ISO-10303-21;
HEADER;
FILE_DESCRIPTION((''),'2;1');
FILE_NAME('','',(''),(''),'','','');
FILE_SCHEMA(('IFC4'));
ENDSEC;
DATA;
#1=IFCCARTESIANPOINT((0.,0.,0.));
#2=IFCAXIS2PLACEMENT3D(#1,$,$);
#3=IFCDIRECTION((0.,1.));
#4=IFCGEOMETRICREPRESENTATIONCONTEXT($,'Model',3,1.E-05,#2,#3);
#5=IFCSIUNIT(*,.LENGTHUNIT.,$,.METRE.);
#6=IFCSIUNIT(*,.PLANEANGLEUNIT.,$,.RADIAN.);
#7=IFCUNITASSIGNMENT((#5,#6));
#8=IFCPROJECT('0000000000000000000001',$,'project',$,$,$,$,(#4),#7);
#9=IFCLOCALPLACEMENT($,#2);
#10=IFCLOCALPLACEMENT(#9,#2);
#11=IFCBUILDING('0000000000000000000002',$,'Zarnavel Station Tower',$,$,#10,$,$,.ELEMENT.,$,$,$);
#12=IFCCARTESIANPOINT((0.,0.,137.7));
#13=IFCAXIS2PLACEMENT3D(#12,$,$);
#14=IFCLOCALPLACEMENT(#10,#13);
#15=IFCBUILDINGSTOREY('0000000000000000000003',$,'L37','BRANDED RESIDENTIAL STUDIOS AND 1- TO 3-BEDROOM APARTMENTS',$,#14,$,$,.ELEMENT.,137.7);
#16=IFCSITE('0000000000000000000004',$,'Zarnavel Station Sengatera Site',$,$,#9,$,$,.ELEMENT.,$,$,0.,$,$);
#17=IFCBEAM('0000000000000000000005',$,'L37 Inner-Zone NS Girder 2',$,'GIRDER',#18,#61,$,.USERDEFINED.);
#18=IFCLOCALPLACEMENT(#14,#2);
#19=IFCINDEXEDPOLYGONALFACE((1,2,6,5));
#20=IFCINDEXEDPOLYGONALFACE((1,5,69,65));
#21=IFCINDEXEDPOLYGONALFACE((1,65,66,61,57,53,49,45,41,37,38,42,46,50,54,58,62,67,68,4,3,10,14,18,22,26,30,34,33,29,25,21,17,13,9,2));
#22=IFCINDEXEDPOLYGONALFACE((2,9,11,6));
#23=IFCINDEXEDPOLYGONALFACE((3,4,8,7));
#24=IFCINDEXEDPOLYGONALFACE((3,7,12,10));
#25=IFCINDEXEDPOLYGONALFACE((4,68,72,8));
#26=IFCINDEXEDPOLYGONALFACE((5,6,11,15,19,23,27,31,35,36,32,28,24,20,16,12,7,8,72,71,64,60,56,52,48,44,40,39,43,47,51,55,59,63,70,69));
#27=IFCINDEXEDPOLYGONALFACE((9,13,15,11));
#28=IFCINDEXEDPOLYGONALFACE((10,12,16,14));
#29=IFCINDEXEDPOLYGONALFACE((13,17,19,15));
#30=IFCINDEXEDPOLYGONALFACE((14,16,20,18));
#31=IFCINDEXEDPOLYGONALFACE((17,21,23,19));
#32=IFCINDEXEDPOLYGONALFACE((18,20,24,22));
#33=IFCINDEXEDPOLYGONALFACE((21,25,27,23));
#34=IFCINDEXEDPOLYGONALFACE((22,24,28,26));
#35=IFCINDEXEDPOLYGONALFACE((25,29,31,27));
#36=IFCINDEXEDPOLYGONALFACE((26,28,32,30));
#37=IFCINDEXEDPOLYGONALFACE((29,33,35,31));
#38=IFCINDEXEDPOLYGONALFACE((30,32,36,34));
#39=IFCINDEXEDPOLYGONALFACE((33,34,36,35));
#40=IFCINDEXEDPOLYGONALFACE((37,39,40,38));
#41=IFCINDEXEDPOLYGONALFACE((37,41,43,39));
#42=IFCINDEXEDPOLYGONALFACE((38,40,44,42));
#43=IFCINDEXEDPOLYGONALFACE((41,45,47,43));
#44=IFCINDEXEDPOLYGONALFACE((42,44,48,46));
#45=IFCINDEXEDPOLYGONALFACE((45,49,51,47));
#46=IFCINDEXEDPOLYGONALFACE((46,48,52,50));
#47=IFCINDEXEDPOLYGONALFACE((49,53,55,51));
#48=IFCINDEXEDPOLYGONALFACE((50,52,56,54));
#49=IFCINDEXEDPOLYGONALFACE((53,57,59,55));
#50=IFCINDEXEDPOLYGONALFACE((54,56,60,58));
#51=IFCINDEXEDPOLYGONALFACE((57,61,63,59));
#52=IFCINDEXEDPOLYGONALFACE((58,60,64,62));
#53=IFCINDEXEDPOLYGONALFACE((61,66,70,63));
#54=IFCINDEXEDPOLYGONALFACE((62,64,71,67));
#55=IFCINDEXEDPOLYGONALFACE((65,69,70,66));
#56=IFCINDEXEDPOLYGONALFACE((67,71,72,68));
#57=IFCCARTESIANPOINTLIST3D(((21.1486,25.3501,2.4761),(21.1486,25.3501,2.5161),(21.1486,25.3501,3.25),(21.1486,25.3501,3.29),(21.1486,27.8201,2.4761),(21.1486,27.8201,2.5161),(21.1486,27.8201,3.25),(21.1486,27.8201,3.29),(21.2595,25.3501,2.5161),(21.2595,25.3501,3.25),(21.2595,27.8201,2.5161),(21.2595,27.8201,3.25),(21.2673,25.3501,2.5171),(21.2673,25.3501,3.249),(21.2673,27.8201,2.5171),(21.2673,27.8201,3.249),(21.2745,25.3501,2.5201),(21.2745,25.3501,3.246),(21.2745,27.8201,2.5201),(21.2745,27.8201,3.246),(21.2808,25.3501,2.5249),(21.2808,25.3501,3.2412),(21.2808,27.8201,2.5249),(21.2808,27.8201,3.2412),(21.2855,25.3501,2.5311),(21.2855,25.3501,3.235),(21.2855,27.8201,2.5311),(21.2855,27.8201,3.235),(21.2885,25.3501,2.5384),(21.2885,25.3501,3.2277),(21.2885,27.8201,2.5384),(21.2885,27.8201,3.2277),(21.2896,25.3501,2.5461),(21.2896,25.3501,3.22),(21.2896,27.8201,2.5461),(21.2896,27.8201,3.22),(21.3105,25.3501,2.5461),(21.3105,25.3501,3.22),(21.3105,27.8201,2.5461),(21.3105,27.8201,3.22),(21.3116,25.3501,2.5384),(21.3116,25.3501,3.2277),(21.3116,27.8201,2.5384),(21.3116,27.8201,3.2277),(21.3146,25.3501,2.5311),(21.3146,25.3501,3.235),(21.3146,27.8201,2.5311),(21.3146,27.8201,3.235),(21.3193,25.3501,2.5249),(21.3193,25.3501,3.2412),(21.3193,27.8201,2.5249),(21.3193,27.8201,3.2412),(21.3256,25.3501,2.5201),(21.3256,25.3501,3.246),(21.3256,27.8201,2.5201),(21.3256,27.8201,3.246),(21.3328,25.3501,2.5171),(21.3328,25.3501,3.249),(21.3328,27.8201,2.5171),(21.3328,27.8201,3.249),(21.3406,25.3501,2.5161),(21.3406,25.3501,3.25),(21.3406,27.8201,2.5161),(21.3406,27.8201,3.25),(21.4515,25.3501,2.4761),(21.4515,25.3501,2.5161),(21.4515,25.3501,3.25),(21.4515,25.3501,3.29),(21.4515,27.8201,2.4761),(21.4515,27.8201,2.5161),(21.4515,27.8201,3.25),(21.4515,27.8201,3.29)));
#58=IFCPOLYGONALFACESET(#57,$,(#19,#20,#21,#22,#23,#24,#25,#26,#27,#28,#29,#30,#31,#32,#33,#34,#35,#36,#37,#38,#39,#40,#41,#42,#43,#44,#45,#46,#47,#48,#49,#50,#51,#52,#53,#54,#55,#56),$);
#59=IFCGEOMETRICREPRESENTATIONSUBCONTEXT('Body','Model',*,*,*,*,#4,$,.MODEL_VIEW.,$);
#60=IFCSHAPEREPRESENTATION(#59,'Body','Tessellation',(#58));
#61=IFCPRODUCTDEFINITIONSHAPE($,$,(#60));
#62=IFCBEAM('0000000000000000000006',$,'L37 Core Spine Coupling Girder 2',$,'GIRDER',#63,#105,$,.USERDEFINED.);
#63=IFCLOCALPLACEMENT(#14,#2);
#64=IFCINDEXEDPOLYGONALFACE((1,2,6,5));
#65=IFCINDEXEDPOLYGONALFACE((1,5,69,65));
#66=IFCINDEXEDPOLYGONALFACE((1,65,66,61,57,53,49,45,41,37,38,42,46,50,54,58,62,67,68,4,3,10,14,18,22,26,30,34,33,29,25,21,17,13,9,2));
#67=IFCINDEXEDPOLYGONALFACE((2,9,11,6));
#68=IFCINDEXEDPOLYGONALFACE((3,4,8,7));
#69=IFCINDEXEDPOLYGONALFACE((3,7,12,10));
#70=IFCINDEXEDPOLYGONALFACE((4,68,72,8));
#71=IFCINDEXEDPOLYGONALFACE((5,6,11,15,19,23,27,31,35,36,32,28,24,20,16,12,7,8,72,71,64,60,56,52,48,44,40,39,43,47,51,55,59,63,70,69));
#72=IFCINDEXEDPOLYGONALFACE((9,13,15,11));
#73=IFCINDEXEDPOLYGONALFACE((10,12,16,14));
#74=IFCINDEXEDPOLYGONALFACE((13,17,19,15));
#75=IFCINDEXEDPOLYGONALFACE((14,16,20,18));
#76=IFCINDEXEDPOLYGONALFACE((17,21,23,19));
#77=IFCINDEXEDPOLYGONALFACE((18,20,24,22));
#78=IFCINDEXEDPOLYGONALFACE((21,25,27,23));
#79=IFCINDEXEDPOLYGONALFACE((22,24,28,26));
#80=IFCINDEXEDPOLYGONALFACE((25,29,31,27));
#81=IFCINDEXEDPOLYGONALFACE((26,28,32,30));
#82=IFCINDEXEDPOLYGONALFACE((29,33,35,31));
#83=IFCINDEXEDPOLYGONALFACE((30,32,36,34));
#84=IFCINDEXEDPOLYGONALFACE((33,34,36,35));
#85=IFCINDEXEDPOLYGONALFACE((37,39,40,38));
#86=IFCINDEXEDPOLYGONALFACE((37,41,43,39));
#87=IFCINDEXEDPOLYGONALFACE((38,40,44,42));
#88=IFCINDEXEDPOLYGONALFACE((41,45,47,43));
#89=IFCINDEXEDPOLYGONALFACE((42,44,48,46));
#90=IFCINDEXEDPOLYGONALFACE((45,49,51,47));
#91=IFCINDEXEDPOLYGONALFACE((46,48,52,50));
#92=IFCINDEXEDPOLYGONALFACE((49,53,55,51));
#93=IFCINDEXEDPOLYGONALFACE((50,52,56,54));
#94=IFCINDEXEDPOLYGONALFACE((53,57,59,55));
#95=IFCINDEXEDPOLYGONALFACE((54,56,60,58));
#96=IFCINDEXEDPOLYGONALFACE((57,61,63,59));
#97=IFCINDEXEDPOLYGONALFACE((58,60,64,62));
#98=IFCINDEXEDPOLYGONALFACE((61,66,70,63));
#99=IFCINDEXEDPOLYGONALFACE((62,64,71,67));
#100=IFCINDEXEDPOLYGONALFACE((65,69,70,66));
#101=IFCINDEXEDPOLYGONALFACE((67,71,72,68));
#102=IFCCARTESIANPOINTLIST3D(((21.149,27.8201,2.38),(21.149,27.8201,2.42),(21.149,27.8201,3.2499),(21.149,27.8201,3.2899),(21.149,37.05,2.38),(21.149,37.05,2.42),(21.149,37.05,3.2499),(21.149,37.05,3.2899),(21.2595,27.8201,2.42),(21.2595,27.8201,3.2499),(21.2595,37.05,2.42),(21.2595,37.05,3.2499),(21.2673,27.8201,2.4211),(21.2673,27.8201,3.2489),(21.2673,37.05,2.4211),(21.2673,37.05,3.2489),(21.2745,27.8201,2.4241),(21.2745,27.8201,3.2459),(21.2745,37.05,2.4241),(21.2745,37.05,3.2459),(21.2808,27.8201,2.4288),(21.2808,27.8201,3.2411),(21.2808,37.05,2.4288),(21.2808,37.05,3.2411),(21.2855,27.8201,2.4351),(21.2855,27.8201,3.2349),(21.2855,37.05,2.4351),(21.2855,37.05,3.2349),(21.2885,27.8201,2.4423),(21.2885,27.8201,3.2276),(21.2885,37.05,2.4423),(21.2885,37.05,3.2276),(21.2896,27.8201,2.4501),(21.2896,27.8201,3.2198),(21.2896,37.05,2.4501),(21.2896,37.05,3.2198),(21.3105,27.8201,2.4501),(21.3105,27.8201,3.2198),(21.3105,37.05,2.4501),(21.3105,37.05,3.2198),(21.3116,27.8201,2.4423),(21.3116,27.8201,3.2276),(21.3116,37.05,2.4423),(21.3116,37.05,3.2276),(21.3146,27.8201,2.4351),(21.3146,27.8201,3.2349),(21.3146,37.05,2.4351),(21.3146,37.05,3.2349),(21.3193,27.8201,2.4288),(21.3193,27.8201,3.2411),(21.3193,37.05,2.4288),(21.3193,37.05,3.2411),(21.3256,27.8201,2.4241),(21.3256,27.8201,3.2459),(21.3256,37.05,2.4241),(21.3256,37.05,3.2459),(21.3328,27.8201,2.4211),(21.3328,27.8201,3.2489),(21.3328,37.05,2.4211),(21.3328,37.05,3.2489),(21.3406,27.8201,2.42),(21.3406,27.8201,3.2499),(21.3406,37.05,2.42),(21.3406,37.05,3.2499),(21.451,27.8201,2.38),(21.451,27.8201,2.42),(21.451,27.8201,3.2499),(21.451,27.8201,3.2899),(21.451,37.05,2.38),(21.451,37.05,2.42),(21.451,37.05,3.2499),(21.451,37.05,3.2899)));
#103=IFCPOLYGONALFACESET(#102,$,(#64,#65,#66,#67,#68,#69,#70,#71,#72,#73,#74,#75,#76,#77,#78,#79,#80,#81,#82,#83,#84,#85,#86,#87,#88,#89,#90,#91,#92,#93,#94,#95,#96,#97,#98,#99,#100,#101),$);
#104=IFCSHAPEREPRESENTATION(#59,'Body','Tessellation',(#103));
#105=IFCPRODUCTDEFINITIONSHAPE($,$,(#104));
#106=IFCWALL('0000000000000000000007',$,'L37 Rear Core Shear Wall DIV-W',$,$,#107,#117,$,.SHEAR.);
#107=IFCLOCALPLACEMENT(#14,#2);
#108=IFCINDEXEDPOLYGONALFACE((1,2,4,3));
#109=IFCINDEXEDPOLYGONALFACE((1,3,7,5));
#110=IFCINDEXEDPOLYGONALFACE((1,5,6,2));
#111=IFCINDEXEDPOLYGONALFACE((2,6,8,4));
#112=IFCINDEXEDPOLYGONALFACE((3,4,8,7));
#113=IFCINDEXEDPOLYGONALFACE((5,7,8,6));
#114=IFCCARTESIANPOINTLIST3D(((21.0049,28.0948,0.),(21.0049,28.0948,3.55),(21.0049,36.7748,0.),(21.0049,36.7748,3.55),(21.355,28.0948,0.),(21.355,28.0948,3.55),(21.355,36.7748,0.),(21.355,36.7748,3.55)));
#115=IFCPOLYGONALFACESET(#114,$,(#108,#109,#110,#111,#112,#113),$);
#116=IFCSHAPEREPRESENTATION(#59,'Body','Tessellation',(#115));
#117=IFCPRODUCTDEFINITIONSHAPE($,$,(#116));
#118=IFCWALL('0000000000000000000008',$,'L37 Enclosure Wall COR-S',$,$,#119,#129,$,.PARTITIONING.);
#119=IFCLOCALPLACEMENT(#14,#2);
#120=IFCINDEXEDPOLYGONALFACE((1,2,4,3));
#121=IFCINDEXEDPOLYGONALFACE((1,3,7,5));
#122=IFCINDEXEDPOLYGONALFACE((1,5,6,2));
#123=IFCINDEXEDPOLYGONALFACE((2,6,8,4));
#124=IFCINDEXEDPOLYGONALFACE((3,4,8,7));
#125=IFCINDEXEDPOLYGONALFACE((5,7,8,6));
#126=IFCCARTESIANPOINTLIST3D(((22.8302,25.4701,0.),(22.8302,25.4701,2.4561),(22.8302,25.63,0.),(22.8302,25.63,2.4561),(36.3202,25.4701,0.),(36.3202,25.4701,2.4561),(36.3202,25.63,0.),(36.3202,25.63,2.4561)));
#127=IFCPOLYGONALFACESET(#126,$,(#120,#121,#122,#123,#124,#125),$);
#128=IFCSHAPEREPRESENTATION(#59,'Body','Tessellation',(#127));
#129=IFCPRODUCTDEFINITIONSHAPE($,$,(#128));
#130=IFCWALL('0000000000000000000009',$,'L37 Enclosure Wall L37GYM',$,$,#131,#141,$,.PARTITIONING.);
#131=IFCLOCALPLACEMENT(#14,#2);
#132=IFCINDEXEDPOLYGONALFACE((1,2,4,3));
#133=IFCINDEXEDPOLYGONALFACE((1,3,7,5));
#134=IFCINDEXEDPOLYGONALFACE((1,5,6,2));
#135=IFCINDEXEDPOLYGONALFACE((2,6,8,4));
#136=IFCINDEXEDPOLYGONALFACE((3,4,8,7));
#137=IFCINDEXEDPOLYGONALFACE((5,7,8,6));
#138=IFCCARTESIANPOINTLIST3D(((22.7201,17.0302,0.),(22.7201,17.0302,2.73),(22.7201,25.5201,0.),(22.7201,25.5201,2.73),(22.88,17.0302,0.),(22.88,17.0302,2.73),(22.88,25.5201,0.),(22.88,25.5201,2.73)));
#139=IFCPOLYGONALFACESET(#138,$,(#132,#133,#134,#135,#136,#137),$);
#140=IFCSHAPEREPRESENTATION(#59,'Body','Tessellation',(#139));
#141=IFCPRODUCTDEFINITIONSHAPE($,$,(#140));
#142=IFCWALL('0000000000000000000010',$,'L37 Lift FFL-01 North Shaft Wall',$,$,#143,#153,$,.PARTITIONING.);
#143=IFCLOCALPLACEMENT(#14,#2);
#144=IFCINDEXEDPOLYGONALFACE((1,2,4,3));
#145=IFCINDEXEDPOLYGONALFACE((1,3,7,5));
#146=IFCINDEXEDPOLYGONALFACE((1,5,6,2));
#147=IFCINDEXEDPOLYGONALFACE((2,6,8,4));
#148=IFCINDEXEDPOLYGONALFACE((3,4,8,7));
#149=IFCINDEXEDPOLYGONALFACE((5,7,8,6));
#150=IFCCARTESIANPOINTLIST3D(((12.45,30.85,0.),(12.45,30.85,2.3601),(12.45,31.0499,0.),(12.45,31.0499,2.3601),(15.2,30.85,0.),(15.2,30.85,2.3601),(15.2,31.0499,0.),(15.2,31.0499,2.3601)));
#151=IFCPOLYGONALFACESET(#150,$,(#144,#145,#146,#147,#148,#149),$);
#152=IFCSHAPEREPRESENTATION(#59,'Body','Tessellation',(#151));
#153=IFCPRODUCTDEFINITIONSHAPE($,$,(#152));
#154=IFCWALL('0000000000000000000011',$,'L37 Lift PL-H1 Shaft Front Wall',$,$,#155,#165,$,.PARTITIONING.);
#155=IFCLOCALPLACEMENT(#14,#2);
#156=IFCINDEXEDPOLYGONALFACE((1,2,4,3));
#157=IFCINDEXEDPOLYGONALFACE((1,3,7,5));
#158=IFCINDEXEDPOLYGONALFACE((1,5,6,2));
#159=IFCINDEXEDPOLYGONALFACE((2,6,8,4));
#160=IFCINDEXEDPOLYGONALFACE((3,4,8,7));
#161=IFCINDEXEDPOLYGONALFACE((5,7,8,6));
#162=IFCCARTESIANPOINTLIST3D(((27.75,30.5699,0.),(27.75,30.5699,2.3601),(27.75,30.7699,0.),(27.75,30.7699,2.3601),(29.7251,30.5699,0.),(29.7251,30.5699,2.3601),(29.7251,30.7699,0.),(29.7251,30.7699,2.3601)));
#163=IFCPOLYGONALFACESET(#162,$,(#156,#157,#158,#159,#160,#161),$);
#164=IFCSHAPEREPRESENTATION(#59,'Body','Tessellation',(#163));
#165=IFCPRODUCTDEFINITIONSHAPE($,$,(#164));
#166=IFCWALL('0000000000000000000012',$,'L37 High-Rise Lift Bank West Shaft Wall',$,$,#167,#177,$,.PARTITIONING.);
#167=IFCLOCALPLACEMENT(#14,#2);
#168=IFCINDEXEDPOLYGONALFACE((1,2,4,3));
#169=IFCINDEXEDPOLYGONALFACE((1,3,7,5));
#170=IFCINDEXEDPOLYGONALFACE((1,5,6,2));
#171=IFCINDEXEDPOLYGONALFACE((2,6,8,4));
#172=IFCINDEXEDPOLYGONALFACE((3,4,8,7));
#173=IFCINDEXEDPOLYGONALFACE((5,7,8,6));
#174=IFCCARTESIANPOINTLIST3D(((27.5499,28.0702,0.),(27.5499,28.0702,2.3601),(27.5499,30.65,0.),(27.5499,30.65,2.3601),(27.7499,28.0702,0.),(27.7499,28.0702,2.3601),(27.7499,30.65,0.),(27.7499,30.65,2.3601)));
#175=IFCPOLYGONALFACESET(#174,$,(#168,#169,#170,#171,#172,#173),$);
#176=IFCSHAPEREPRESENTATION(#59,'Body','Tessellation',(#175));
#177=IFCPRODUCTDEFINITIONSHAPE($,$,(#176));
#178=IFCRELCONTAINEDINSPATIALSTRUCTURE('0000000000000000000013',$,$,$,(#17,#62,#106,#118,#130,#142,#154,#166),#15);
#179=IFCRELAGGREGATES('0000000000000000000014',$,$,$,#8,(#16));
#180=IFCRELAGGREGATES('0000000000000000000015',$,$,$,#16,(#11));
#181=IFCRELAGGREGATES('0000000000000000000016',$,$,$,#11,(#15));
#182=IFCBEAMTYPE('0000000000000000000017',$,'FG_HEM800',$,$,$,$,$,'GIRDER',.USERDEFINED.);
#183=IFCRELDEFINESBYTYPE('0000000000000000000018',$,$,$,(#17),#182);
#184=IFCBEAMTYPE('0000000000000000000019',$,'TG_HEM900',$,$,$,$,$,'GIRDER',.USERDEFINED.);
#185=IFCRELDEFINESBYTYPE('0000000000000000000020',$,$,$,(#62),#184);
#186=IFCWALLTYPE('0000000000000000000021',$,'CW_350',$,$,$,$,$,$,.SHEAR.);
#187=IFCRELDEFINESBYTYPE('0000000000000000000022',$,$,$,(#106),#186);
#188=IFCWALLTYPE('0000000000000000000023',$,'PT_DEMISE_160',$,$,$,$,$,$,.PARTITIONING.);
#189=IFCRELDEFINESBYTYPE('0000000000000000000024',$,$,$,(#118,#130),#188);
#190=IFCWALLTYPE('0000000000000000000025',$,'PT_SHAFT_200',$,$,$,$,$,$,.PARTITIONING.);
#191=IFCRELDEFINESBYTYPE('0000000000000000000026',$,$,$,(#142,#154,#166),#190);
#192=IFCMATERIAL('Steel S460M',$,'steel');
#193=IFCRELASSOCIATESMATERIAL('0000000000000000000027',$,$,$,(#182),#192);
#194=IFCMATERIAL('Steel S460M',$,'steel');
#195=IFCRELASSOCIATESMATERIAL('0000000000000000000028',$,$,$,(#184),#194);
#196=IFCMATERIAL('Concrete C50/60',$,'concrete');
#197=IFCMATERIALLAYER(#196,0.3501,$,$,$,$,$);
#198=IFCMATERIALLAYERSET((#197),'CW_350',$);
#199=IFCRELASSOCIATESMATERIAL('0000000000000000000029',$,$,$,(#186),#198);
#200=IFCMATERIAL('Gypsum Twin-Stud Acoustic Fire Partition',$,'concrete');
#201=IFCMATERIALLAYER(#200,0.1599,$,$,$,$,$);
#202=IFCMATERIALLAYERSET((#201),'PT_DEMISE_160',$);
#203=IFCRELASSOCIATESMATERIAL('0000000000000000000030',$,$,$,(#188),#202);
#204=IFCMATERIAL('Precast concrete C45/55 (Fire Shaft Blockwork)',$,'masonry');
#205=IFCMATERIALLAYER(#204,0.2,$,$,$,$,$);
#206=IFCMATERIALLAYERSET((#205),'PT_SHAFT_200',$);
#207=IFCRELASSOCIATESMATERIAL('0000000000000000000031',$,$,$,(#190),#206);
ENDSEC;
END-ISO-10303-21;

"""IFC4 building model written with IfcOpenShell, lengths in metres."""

from ifc_helpers import new_model, si_unit, direction, frame, frame_2d, origin, origin_2d, place, context, subcontext, project, spatial, rectangle, i_section, extrude, material, layer, layer_set, material_profile, profile_set, type_object, element, save


model = new_model("IFC4")

# Units and contexts
model_context = context("Model", 3, precision=1e-05, world=origin(), true_north=direction((0.0, 1.0)))
body_context = subcontext(model_context, "Body", "Model", "MODEL_VIEW")
ifc_project = project(units=[si_unit("LENGTHUNIT", "METRE"), si_unit("PLANEANGLEUNIT", "RADIAN")], contexts=[model_context])

# Site, building, storey
site_placement = place(None, origin())
site = spatial("IfcSite", under=ifc_project, at=site_placement, Name="Zarnavel Station Sengatera Site", CompositionType="ELEMENT", RefElevation=0.0)
building_placement = place(site_placement, origin())
building = spatial("IfcBuilding", under=site, at=building_placement, Name="Zarnavel Station Tower", CompositionType="ELEMENT")
storey_placement = place(building_placement, frame((0.0, 0.0, 137.7)))
storey = spatial("IfcBuildingStorey", under=building, at=storey_placement, Name="L37", Description="BRANDED RESIDENTIAL STUDIOS AND 1- TO 3-BEDROOM APARTMENTS", CompositionType="ELEMENT", Elevation=137.7)

# Beams
ifc_material_1 = material(Name="Steel S460M", Category="steel")
ifc_material_profile_1 = material_profile(ifc_material_1, i_section(OverallWidth=0.303, OverallDepth=0.814, WebThickness=0.021, FlangeThickness=0.04, FilletRadius=0.03, at=origin_2d()), Name="HEM800")
ifc_profile_set_1 = profile_set([ifc_material_profile_1], Name="Steel S460M")
beam_type_1 = type_object("IfcBeamType", Name="FG_HEM800", ElementType="GIRDER", PredefinedType="USERDEFINED", material=ifc_profile_set_1)
beam_1_placement = place(storey_placement, frame((21.3, 25.3501, 2.8831), z_axis=(0.0, 1.0, 0.0), x_axis=(-1.0, 0.0, 0.0)))
element("IfcBeam", 1, at=beam_1_placement, inside=storey, type_object=beam_type_1, Name="L37 Inner-Zone NS Girder 2", ObjectType="GIRDER", PredefinedType="USERDEFINED", context=body_context, shape_type="SweptSolid", body=[
    extrude(i_section(OverallWidth=0.303, OverallDepth=0.814, WebThickness=0.021, FlangeThickness=0.04, FilletRadius=0.03, at=origin_2d()), origin(), (0.0, 0.0, 1.0), 2.47),
])
ifc_material_2 = material(Name="Steel S460M", Category="steel")
ifc_material_profile_2 = material_profile(ifc_material_2, i_section(OverallWidth=0.302, OverallDepth=0.9099, WebThickness=0.021, FlangeThickness=0.04, FilletRadius=0.03, at=origin_2d()), Name="HEM900")
ifc_profile_set_2 = profile_set([ifc_material_profile_2], Name="Steel S460M")
beam_type_2 = type_object("IfcBeamType", Name="TG_HEM900", ElementType="GIRDER", PredefinedType="USERDEFINED", material=ifc_profile_set_2)
beam_2_placement = place(storey_placement, frame((21.3, 27.8201, 2.835), z_axis=(0.0, 1.0, 0.0), x_axis=(-1.0, 0.0, 0.0)))
element("IfcBeam", 2, at=beam_2_placement, inside=storey, type_object=beam_type_2, Name="L37 Core Spine Coupling Girder 2", ObjectType="GIRDER", PredefinedType="USERDEFINED", context=body_context, shape_type="SweptSolid", body=[
    extrude(i_section(OverallWidth=0.302, OverallDepth=0.9099, WebThickness=0.021, FlangeThickness=0.04, FilletRadius=0.03, at=origin_2d()), origin(), (0.0, 0.0, 1.0), 9.23),
])

# Wall
ifc_material_3 = material(Name="Concrete C50/60", Category="concrete")
ifc_layer_1 = layer(ifc_material_3, 0.3501)
ifc_layer_set_1 = layer_set([ifc_layer_1], Name="CW_350")
wall_type_1 = type_object("IfcWallType", Name="CW_350", PredefinedType="SHEAR", material=ifc_layer_set_1)
wall_1_placement = place(storey_placement, frame((21.1799, 28.095, 0.0), z_axis=(0.0, 0.0, 1.0), x_axis=(0.0, 1.0, 0.0)))
element("IfcWall", 3, at=wall_1_placement, inside=storey, type_object=wall_type_1, Name="L37 Rear Core Shear Wall DIV-W", PredefinedType="SHEAR", context=body_context, shape_type="SweptSolid", body=[
    extrude(rectangle(XDim=8.6799, YDim=0.3501, at=frame_2d((4.3398, 0.0))), origin(), (0.0, 0.0, 1.0), 3.55),
])

# Walls
ifc_material_4 = material(Name="Gypsum Twin-Stud Acoustic Fire Partition", Category="concrete")
ifc_layer_2 = layer(ifc_material_4, 0.1599)
ifc_layer_set_2 = layer_set([ifc_layer_2], Name="PT_DEMISE_160")
wall_type_2 = type_object("IfcWallType", Name="PT_DEMISE_160", PredefinedType="PARTITIONING", material=ifc_layer_set_2)
wall_2_placement = place(storey_placement, frame((22.8301, 25.55, 0.0), z_axis=(0.0, 0.0, 1.0), x_axis=(1.0, 0.0, 0.0)))
element("IfcWall", 4, at=wall_2_placement, inside=storey, type_object=wall_type_2, Name="L37 Enclosure Wall COR-S", PredefinedType="PARTITIONING", context=body_context, shape_type="SweptSolid", body=[
    extrude(rectangle(XDim=13.49, YDim=0.1599, at=frame_2d((6.7451, 0.0))), origin(), (0.0, 0.0, 1.0), 2.4561),
])
wall_3_placement = place(storey_placement, frame((22.8, 17.03, 0.0), z_axis=(0.0, 0.0, 1.0), x_axis=(0.0, 1.0, 0.0)))
element("IfcWall", 5, at=wall_3_placement, inside=storey, type_object=wall_type_2, Name="L37 Enclosure Wall L37GYM", PredefinedType="PARTITIONING", context=body_context, shape_type="SweptSolid", body=[
    extrude(rectangle(XDim=8.49, YDim=0.1599, at=frame_2d((4.2451, 0.0))), origin(), (0.0, 0.0, 1.0), 2.73),
])

# Shared definitions
ifc_material_5 = material(Name="Precast concrete C45/55 (Fire Shaft Blockwork)", Category="masonry")
ifc_layer_3 = layer(ifc_material_5, 0.2)
ifc_layer_set_3 = layer_set([ifc_layer_3], Name="PT_SHAFT_200")
wall_type_3 = type_object("IfcWallType", Name="PT_SHAFT_200", PredefinedType="PARTITIONING", material=ifc_layer_set_3)

# Walls
wall_4_placement = place(storey_placement, frame((12.45, 30.95, 0.0), z_axis=(0.0, 0.0, 1.0), x_axis=(1.0, 0.0, 0.0)))
element("IfcWall", 6, at=wall_4_placement, inside=storey, type_object=wall_type_3, Name="L37 Lift FFL-01 North Shaft Wall", PredefinedType="PARTITIONING", context=body_context, shape_type="SweptSolid", body=[
    extrude(rectangle(XDim=2.75, YDim=0.2, at=frame_2d((1.375, 0.0))), origin(), (0.0, 0.0, 1.0), 2.3601),
])
wall_5_placement = place(storey_placement, frame((27.75, 30.6699, 0.0), z_axis=(0.0, 0.0, 1.0), x_axis=(1.0, 0.0, 0.0)))
element("IfcWall", 7, at=wall_5_placement, inside=storey, type_object=wall_type_3, Name="L37 Lift PL-H1 Shaft Front Wall", PredefinedType="PARTITIONING", context=body_context, shape_type="SweptSolid", body=[
    extrude(rectangle(XDim=1.9751, YDim=0.2, at=frame_2d((0.9875, 0.0))), origin(), (0.0, 0.0, 1.0), 2.3601),
])
wall_6_placement = place(storey_placement, frame((27.6499, 28.0701, 0.0), z_axis=(0.0, 0.0, 1.0), x_axis=(0.0, 1.0, 0.0)))
element("IfcWall", 8, at=wall_6_placement, inside=storey, type_object=wall_type_3, Name="L37 High-Rise Lift Bank West Shaft Wall", PredefinedType="PARTITIONING", context=body_context, shape_type="SweptSolid", body=[
    extrude(rectangle(XDim=2.5798, YDim=0.2, at=frame_2d((1.29, 0.0))), origin(), (0.0, 0.0, 1.0), 2.3601),
])

save(model, "model.ifc")
